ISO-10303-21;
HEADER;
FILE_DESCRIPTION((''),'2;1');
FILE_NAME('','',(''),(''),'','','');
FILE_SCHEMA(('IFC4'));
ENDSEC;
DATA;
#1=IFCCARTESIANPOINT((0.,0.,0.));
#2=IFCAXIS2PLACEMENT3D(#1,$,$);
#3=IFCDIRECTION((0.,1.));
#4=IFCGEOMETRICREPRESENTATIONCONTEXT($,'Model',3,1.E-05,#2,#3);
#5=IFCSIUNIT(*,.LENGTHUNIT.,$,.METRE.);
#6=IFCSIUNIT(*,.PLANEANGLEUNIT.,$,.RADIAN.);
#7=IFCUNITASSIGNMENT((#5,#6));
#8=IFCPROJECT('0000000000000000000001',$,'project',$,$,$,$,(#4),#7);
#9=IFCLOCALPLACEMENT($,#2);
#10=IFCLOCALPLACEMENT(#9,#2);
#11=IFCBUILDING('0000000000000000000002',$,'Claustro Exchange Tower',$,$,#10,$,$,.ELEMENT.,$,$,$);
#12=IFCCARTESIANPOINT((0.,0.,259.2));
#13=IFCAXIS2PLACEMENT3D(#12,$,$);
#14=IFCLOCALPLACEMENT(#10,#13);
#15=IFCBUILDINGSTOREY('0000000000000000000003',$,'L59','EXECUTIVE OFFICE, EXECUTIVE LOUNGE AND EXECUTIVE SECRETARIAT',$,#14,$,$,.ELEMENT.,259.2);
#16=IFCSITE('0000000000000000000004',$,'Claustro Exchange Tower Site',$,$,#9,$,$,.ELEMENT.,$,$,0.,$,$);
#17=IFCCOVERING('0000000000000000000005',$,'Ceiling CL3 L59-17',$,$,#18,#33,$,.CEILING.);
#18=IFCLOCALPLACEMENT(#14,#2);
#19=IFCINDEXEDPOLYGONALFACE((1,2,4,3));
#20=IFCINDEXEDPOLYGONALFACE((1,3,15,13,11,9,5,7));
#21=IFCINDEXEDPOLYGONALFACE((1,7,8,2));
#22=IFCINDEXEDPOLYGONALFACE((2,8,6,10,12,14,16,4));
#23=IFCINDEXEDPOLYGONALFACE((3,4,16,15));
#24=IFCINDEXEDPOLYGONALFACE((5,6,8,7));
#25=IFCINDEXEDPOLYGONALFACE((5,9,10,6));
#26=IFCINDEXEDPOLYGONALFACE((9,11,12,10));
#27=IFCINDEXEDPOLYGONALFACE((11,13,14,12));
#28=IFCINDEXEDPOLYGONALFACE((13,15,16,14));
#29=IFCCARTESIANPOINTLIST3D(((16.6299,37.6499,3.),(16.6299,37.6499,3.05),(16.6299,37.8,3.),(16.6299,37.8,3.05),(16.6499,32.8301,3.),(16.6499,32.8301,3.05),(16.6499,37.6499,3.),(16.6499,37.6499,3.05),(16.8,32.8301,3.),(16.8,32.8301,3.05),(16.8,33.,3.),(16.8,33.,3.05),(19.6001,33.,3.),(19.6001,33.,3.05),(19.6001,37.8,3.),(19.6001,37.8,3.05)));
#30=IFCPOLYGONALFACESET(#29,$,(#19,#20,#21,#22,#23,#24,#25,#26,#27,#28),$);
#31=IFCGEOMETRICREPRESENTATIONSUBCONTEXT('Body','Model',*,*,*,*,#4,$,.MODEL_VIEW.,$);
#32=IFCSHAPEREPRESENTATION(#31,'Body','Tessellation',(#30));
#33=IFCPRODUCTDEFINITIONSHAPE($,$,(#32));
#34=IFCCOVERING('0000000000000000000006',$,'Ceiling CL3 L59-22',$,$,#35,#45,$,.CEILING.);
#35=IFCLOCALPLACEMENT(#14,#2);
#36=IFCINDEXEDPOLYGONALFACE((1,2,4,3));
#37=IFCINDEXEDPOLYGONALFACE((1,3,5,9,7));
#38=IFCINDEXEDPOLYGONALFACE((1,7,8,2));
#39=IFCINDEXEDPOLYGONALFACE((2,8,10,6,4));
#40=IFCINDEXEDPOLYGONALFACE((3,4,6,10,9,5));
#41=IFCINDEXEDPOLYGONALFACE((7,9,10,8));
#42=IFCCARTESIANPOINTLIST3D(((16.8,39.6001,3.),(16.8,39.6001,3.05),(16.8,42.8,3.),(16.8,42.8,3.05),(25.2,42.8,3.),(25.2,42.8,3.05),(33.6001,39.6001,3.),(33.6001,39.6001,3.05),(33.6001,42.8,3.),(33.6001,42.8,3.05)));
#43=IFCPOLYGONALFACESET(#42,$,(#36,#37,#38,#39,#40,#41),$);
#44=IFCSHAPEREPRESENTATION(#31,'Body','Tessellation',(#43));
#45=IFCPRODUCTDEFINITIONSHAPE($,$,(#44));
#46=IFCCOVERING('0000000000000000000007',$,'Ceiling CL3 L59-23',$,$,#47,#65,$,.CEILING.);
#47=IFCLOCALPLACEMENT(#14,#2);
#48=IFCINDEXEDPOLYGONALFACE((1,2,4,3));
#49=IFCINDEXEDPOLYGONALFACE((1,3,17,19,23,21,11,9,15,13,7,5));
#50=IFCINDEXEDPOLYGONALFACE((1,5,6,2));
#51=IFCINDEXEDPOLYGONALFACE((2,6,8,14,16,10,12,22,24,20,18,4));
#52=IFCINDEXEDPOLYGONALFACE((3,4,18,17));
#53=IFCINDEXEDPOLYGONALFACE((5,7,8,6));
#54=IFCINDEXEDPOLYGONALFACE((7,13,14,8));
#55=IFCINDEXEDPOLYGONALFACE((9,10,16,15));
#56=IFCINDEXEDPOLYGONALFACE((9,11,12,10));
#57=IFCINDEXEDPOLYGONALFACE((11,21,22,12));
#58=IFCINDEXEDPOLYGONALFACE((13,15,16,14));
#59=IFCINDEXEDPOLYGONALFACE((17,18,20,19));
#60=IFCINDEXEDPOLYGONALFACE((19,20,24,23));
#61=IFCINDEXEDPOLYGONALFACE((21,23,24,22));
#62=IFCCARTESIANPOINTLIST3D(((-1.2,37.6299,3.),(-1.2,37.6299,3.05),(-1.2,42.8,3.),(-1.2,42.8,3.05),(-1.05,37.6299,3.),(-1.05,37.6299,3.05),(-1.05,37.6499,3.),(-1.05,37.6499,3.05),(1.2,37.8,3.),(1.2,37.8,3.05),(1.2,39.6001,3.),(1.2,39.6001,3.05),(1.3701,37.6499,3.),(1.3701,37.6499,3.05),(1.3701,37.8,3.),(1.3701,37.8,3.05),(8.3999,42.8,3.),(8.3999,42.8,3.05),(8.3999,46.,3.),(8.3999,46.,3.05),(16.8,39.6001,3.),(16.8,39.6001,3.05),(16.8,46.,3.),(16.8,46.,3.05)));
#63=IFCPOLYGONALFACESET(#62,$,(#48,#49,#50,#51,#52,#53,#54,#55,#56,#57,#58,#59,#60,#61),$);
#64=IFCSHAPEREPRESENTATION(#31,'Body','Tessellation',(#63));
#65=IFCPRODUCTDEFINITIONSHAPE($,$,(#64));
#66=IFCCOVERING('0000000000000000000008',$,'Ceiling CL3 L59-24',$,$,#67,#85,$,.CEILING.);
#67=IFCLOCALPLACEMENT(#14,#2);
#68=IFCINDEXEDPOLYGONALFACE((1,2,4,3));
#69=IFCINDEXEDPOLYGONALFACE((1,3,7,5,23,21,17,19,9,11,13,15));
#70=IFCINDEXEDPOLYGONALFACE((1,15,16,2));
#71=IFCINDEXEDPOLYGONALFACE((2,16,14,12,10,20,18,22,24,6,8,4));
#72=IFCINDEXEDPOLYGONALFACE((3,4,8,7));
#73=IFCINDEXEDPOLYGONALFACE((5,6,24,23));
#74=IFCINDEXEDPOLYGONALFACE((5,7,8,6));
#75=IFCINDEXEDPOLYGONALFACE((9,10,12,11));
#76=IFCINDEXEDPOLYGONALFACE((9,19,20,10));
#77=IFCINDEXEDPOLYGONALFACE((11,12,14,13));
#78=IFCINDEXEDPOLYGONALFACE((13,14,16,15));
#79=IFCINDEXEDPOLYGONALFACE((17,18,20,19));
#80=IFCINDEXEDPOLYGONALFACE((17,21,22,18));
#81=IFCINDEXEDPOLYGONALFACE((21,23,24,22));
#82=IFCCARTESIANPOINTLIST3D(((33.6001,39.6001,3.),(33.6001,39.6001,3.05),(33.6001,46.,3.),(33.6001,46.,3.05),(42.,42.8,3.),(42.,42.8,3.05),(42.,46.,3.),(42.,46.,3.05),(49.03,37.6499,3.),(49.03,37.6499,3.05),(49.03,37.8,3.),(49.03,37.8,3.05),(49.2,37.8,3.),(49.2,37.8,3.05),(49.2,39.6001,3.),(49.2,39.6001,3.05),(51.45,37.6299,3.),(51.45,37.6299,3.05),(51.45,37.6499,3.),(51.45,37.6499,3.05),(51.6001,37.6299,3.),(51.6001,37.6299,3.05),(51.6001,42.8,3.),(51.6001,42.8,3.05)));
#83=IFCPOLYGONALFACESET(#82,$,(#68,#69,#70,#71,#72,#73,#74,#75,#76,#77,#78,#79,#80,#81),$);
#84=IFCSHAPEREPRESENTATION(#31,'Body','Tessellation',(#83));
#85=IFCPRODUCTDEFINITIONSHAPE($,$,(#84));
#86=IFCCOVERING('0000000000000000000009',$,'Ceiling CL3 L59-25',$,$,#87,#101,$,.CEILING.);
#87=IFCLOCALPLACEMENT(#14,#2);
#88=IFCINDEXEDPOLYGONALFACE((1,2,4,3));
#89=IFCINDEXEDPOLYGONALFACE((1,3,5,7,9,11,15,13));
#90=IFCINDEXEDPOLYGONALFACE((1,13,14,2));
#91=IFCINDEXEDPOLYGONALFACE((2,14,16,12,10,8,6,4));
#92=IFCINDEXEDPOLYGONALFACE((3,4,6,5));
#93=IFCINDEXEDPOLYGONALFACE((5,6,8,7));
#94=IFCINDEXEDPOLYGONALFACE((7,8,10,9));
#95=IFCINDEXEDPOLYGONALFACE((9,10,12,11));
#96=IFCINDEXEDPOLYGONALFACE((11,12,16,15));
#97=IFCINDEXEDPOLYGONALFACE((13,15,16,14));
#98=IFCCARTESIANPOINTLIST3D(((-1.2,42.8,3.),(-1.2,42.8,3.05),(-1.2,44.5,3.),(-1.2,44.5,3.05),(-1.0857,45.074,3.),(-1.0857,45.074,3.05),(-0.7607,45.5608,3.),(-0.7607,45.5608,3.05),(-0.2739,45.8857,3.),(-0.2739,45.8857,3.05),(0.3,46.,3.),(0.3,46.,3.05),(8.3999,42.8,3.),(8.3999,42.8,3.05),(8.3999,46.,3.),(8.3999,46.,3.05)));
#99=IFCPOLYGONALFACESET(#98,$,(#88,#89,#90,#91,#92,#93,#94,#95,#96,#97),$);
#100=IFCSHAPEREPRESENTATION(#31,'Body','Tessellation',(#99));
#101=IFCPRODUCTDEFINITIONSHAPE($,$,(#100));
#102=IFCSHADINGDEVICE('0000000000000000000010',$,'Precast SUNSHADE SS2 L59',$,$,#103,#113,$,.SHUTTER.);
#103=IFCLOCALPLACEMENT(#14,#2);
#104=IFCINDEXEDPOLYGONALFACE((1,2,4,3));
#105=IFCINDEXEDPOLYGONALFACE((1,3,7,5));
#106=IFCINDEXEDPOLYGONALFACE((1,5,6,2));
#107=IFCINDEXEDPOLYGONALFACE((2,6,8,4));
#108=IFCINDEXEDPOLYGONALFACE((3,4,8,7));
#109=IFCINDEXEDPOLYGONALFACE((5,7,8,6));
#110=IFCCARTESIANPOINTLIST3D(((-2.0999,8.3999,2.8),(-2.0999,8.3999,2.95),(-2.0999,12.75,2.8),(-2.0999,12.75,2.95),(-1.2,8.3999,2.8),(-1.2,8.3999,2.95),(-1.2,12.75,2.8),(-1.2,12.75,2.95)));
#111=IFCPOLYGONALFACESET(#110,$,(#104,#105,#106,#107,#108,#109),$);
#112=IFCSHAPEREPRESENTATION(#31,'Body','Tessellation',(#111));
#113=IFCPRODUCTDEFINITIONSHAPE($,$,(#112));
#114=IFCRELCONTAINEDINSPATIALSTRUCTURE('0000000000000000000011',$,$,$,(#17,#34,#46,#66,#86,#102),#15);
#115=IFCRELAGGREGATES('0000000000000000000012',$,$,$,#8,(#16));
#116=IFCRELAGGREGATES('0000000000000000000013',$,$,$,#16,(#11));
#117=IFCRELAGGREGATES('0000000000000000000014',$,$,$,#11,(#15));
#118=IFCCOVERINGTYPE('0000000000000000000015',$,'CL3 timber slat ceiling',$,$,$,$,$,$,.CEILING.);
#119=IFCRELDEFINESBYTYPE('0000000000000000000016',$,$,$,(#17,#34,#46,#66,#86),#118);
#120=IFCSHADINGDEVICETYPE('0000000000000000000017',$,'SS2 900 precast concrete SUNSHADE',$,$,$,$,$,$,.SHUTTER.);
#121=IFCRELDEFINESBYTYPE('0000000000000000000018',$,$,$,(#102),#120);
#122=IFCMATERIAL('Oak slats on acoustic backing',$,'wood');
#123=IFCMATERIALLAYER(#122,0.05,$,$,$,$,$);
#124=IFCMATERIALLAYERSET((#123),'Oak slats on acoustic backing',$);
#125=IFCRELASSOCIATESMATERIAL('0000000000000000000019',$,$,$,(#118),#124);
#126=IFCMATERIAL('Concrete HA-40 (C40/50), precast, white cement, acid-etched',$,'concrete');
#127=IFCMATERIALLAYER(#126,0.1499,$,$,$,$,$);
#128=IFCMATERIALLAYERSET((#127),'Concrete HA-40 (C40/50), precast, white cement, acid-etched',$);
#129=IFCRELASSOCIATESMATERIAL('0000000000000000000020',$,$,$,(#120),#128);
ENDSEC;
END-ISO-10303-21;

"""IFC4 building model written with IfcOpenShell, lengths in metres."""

from ifc_helpers import new_model, si_unit, direction, frame, origin, origin_2d, place, context, subcontext, project, spatial, polyline, rectangle, outline, extrude, material, layer, layer_set, type_object, element, save


model = new_model("IFC4")

# Units and contexts
model_context = context("Model", 3, precision=1e-05, world=origin(), true_north=direction((0.0, 1.0)))
body_context = subcontext(model_context, "Body", "Model", "MODEL_VIEW")
ifc_project = project(units=[si_unit("LENGTHUNIT", "METRE"), si_unit("PLANEANGLEUNIT", "RADIAN")], contexts=[model_context])

# Site, building, storey
site_placement = place(None, origin())
site = spatial("IfcSite", under=ifc_project, at=site_placement, Name="Claustro Exchange Tower Site", CompositionType="ELEMENT", RefElevation=0.0)
building_placement = place(site_placement, origin())
building = spatial("IfcBuilding", under=site, at=building_placement, Name="Claustro Exchange Tower", CompositionType="ELEMENT")
storey_placement = place(building_placement, frame((0.0, 0.0, 259.2)))
storey = spatial("IfcBuildingStorey", under=building, at=storey_placement, Name="L59", Description="EXECUTIVE OFFICE, EXECUTIVE LOUNGE AND EXECUTIVE SECRETARIAT", CompositionType="ELEMENT", Elevation=259.2)

# Coverings
ifc_material_1 = material(Name="Oak slats on acoustic backing", Category="wood")
ifc_layer_1 = layer(ifc_material_1, 0.05)
ifc_layer_set_1 = layer_set([ifc_layer_1], Name="Oak slats on acoustic backing")
covering_type_1 = type_object("IfcCoveringType", Name="CL3 timber slat ceiling", PredefinedType="CEILING", material=ifc_layer_set_1)
covering_1_placement = place(storey_placement, frame((0.0, 0.0, 3.0)))
element("IfcCovering", 1, at=covering_1_placement, inside=storey, type_object=covering_type_1, Name="Ceiling CL3 L59-17", PredefinedType="CEILING", context=body_context, shape_type="SweptSolid", body=[
    extrude(outline(polyline([(19.6001, 37.8), (16.6299, 37.8), (16.6299, 37.6499), (16.6499, 37.6499), (16.6499, 32.8301), (16.8, 32.8301), (16.8, 33.0), (19.6001, 33.0), (19.6001, 37.8)])), origin(), (0.0, 0.0, 1.0), 0.05),
])
covering_2_placement = place(storey_placement, frame((0.0, 0.0, 3.0)))
element("IfcCovering", 2, at=covering_2_placement, inside=storey, type_object=covering_type_1, Name="Ceiling CL3 L59-22", PredefinedType="CEILING", context=body_context, shape_type="SweptSolid", body=[
    extrude(outline(polyline([(33.6001, 39.6001), (33.6001, 42.8), (25.2, 42.8), (16.8, 42.8), (16.8, 39.6001), (33.6001, 39.6001)])), origin(), (0.0, 0.0, 1.0), 0.05),
])
covering_3_placement = place(storey_placement, frame((0.0, 0.0, 3.0)))
element("IfcCovering", 3, at=covering_3_placement, inside=storey, type_object=covering_type_1, Name="Ceiling CL3 L59-23", PredefinedType="CEILING", context=body_context, shape_type="SweptSolid", body=[
    extrude(outline(polyline([(-1.05, 37.6499), (1.3701, 37.6499), (1.3701, 37.8), (1.2, 37.8), (1.2, 39.6001), (16.8, 39.6001), (16.8, 46.0), (8.3999, 46.0), (8.3999, 42.8), (-1.2, 42.8), (-1.2, 37.6299), (-1.05, 37.6299), (-1.05, 37.6499)])), origin(), (0.0, 0.0, 1.0), 0.05),
])
covering_4_placement = place(storey_placement, frame((0.0, 0.0, 3.0)))
element("IfcCovering", 4, at=covering_4_placement, inside=storey, type_object=covering_type_1, Name="Ceiling CL3 L59-24", PredefinedType="CEILING", context=body_context, shape_type="SweptSolid", body=[
    extrude(outline(polyline([(51.45, 37.6499), (51.45, 37.6299), (51.6001, 37.6299), (51.6001, 42.8), (42.0, 42.8), (42.0, 46.0), (33.6001, 46.0), (33.6001, 39.6001), (49.2, 39.6001), (49.2, 37.8), (49.03, 37.8), (49.03, 37.6499), (51.45, 37.6499)])), origin(), (0.0, 0.0, 1.0), 0.05),
])
covering_5_placement = place(storey_placement, frame((0.0, 0.0, 3.0)))
element("IfcCovering", 5, at=covering_5_placement, inside=storey, type_object=covering_type_1, Name="Ceiling CL3 L59-25", PredefinedType="CEILING", context=body_context, shape_type="SweptSolid", body=[
    extrude(outline(polyline([(-1.2, 44.5), (-1.2, 42.8), (8.3999, 42.8), (8.3999, 46.0), (0.3, 46.0), (-0.2739, 45.8857), (-0.7607, 45.5608), (-1.0857, 45.074), (-1.2, 44.5)])), origin(), (0.0, 0.0, 1.0), 0.05),
])

# Shading device
ifc_material_2 = material(Name="Concrete HA-40 (C40/50), precast, white cement, acid-etched", Category="concrete")
ifc_layer_2 = layer(ifc_material_2, 0.1499)
ifc_layer_set_2 = layer_set([ifc_layer_2], Name="Concrete HA-40 (C40/50), precast, white cement, acid-etched")
shading_device_type = type_object("IfcShadingDeviceType", Name="SS2 900 precast concrete SUNSHADE", PredefinedType="SHUTTER", material=ifc_layer_set_2)
shading_device_placement = place(storey_placement, frame((-1.6499, 10.575, 2.8), z_axis=(0.0, 0.0, 1.0), x_axis=(0.0, 1.0, 0.0)))
element("IfcShadingDevice", 6, at=shading_device_placement, inside=storey, type_object=shading_device_type, Name="Precast SUNSHADE SS2 L59", PredefinedType="SHUTTER", context=body_context, shape_type="SweptSolid", body=[
    extrude(rectangle(XDim=4.3501, YDim=0.8999, at=origin_2d()), origin(), (0.0, 0.0, 1.0), 0.1499),
])

save(model, "model.ifc")
